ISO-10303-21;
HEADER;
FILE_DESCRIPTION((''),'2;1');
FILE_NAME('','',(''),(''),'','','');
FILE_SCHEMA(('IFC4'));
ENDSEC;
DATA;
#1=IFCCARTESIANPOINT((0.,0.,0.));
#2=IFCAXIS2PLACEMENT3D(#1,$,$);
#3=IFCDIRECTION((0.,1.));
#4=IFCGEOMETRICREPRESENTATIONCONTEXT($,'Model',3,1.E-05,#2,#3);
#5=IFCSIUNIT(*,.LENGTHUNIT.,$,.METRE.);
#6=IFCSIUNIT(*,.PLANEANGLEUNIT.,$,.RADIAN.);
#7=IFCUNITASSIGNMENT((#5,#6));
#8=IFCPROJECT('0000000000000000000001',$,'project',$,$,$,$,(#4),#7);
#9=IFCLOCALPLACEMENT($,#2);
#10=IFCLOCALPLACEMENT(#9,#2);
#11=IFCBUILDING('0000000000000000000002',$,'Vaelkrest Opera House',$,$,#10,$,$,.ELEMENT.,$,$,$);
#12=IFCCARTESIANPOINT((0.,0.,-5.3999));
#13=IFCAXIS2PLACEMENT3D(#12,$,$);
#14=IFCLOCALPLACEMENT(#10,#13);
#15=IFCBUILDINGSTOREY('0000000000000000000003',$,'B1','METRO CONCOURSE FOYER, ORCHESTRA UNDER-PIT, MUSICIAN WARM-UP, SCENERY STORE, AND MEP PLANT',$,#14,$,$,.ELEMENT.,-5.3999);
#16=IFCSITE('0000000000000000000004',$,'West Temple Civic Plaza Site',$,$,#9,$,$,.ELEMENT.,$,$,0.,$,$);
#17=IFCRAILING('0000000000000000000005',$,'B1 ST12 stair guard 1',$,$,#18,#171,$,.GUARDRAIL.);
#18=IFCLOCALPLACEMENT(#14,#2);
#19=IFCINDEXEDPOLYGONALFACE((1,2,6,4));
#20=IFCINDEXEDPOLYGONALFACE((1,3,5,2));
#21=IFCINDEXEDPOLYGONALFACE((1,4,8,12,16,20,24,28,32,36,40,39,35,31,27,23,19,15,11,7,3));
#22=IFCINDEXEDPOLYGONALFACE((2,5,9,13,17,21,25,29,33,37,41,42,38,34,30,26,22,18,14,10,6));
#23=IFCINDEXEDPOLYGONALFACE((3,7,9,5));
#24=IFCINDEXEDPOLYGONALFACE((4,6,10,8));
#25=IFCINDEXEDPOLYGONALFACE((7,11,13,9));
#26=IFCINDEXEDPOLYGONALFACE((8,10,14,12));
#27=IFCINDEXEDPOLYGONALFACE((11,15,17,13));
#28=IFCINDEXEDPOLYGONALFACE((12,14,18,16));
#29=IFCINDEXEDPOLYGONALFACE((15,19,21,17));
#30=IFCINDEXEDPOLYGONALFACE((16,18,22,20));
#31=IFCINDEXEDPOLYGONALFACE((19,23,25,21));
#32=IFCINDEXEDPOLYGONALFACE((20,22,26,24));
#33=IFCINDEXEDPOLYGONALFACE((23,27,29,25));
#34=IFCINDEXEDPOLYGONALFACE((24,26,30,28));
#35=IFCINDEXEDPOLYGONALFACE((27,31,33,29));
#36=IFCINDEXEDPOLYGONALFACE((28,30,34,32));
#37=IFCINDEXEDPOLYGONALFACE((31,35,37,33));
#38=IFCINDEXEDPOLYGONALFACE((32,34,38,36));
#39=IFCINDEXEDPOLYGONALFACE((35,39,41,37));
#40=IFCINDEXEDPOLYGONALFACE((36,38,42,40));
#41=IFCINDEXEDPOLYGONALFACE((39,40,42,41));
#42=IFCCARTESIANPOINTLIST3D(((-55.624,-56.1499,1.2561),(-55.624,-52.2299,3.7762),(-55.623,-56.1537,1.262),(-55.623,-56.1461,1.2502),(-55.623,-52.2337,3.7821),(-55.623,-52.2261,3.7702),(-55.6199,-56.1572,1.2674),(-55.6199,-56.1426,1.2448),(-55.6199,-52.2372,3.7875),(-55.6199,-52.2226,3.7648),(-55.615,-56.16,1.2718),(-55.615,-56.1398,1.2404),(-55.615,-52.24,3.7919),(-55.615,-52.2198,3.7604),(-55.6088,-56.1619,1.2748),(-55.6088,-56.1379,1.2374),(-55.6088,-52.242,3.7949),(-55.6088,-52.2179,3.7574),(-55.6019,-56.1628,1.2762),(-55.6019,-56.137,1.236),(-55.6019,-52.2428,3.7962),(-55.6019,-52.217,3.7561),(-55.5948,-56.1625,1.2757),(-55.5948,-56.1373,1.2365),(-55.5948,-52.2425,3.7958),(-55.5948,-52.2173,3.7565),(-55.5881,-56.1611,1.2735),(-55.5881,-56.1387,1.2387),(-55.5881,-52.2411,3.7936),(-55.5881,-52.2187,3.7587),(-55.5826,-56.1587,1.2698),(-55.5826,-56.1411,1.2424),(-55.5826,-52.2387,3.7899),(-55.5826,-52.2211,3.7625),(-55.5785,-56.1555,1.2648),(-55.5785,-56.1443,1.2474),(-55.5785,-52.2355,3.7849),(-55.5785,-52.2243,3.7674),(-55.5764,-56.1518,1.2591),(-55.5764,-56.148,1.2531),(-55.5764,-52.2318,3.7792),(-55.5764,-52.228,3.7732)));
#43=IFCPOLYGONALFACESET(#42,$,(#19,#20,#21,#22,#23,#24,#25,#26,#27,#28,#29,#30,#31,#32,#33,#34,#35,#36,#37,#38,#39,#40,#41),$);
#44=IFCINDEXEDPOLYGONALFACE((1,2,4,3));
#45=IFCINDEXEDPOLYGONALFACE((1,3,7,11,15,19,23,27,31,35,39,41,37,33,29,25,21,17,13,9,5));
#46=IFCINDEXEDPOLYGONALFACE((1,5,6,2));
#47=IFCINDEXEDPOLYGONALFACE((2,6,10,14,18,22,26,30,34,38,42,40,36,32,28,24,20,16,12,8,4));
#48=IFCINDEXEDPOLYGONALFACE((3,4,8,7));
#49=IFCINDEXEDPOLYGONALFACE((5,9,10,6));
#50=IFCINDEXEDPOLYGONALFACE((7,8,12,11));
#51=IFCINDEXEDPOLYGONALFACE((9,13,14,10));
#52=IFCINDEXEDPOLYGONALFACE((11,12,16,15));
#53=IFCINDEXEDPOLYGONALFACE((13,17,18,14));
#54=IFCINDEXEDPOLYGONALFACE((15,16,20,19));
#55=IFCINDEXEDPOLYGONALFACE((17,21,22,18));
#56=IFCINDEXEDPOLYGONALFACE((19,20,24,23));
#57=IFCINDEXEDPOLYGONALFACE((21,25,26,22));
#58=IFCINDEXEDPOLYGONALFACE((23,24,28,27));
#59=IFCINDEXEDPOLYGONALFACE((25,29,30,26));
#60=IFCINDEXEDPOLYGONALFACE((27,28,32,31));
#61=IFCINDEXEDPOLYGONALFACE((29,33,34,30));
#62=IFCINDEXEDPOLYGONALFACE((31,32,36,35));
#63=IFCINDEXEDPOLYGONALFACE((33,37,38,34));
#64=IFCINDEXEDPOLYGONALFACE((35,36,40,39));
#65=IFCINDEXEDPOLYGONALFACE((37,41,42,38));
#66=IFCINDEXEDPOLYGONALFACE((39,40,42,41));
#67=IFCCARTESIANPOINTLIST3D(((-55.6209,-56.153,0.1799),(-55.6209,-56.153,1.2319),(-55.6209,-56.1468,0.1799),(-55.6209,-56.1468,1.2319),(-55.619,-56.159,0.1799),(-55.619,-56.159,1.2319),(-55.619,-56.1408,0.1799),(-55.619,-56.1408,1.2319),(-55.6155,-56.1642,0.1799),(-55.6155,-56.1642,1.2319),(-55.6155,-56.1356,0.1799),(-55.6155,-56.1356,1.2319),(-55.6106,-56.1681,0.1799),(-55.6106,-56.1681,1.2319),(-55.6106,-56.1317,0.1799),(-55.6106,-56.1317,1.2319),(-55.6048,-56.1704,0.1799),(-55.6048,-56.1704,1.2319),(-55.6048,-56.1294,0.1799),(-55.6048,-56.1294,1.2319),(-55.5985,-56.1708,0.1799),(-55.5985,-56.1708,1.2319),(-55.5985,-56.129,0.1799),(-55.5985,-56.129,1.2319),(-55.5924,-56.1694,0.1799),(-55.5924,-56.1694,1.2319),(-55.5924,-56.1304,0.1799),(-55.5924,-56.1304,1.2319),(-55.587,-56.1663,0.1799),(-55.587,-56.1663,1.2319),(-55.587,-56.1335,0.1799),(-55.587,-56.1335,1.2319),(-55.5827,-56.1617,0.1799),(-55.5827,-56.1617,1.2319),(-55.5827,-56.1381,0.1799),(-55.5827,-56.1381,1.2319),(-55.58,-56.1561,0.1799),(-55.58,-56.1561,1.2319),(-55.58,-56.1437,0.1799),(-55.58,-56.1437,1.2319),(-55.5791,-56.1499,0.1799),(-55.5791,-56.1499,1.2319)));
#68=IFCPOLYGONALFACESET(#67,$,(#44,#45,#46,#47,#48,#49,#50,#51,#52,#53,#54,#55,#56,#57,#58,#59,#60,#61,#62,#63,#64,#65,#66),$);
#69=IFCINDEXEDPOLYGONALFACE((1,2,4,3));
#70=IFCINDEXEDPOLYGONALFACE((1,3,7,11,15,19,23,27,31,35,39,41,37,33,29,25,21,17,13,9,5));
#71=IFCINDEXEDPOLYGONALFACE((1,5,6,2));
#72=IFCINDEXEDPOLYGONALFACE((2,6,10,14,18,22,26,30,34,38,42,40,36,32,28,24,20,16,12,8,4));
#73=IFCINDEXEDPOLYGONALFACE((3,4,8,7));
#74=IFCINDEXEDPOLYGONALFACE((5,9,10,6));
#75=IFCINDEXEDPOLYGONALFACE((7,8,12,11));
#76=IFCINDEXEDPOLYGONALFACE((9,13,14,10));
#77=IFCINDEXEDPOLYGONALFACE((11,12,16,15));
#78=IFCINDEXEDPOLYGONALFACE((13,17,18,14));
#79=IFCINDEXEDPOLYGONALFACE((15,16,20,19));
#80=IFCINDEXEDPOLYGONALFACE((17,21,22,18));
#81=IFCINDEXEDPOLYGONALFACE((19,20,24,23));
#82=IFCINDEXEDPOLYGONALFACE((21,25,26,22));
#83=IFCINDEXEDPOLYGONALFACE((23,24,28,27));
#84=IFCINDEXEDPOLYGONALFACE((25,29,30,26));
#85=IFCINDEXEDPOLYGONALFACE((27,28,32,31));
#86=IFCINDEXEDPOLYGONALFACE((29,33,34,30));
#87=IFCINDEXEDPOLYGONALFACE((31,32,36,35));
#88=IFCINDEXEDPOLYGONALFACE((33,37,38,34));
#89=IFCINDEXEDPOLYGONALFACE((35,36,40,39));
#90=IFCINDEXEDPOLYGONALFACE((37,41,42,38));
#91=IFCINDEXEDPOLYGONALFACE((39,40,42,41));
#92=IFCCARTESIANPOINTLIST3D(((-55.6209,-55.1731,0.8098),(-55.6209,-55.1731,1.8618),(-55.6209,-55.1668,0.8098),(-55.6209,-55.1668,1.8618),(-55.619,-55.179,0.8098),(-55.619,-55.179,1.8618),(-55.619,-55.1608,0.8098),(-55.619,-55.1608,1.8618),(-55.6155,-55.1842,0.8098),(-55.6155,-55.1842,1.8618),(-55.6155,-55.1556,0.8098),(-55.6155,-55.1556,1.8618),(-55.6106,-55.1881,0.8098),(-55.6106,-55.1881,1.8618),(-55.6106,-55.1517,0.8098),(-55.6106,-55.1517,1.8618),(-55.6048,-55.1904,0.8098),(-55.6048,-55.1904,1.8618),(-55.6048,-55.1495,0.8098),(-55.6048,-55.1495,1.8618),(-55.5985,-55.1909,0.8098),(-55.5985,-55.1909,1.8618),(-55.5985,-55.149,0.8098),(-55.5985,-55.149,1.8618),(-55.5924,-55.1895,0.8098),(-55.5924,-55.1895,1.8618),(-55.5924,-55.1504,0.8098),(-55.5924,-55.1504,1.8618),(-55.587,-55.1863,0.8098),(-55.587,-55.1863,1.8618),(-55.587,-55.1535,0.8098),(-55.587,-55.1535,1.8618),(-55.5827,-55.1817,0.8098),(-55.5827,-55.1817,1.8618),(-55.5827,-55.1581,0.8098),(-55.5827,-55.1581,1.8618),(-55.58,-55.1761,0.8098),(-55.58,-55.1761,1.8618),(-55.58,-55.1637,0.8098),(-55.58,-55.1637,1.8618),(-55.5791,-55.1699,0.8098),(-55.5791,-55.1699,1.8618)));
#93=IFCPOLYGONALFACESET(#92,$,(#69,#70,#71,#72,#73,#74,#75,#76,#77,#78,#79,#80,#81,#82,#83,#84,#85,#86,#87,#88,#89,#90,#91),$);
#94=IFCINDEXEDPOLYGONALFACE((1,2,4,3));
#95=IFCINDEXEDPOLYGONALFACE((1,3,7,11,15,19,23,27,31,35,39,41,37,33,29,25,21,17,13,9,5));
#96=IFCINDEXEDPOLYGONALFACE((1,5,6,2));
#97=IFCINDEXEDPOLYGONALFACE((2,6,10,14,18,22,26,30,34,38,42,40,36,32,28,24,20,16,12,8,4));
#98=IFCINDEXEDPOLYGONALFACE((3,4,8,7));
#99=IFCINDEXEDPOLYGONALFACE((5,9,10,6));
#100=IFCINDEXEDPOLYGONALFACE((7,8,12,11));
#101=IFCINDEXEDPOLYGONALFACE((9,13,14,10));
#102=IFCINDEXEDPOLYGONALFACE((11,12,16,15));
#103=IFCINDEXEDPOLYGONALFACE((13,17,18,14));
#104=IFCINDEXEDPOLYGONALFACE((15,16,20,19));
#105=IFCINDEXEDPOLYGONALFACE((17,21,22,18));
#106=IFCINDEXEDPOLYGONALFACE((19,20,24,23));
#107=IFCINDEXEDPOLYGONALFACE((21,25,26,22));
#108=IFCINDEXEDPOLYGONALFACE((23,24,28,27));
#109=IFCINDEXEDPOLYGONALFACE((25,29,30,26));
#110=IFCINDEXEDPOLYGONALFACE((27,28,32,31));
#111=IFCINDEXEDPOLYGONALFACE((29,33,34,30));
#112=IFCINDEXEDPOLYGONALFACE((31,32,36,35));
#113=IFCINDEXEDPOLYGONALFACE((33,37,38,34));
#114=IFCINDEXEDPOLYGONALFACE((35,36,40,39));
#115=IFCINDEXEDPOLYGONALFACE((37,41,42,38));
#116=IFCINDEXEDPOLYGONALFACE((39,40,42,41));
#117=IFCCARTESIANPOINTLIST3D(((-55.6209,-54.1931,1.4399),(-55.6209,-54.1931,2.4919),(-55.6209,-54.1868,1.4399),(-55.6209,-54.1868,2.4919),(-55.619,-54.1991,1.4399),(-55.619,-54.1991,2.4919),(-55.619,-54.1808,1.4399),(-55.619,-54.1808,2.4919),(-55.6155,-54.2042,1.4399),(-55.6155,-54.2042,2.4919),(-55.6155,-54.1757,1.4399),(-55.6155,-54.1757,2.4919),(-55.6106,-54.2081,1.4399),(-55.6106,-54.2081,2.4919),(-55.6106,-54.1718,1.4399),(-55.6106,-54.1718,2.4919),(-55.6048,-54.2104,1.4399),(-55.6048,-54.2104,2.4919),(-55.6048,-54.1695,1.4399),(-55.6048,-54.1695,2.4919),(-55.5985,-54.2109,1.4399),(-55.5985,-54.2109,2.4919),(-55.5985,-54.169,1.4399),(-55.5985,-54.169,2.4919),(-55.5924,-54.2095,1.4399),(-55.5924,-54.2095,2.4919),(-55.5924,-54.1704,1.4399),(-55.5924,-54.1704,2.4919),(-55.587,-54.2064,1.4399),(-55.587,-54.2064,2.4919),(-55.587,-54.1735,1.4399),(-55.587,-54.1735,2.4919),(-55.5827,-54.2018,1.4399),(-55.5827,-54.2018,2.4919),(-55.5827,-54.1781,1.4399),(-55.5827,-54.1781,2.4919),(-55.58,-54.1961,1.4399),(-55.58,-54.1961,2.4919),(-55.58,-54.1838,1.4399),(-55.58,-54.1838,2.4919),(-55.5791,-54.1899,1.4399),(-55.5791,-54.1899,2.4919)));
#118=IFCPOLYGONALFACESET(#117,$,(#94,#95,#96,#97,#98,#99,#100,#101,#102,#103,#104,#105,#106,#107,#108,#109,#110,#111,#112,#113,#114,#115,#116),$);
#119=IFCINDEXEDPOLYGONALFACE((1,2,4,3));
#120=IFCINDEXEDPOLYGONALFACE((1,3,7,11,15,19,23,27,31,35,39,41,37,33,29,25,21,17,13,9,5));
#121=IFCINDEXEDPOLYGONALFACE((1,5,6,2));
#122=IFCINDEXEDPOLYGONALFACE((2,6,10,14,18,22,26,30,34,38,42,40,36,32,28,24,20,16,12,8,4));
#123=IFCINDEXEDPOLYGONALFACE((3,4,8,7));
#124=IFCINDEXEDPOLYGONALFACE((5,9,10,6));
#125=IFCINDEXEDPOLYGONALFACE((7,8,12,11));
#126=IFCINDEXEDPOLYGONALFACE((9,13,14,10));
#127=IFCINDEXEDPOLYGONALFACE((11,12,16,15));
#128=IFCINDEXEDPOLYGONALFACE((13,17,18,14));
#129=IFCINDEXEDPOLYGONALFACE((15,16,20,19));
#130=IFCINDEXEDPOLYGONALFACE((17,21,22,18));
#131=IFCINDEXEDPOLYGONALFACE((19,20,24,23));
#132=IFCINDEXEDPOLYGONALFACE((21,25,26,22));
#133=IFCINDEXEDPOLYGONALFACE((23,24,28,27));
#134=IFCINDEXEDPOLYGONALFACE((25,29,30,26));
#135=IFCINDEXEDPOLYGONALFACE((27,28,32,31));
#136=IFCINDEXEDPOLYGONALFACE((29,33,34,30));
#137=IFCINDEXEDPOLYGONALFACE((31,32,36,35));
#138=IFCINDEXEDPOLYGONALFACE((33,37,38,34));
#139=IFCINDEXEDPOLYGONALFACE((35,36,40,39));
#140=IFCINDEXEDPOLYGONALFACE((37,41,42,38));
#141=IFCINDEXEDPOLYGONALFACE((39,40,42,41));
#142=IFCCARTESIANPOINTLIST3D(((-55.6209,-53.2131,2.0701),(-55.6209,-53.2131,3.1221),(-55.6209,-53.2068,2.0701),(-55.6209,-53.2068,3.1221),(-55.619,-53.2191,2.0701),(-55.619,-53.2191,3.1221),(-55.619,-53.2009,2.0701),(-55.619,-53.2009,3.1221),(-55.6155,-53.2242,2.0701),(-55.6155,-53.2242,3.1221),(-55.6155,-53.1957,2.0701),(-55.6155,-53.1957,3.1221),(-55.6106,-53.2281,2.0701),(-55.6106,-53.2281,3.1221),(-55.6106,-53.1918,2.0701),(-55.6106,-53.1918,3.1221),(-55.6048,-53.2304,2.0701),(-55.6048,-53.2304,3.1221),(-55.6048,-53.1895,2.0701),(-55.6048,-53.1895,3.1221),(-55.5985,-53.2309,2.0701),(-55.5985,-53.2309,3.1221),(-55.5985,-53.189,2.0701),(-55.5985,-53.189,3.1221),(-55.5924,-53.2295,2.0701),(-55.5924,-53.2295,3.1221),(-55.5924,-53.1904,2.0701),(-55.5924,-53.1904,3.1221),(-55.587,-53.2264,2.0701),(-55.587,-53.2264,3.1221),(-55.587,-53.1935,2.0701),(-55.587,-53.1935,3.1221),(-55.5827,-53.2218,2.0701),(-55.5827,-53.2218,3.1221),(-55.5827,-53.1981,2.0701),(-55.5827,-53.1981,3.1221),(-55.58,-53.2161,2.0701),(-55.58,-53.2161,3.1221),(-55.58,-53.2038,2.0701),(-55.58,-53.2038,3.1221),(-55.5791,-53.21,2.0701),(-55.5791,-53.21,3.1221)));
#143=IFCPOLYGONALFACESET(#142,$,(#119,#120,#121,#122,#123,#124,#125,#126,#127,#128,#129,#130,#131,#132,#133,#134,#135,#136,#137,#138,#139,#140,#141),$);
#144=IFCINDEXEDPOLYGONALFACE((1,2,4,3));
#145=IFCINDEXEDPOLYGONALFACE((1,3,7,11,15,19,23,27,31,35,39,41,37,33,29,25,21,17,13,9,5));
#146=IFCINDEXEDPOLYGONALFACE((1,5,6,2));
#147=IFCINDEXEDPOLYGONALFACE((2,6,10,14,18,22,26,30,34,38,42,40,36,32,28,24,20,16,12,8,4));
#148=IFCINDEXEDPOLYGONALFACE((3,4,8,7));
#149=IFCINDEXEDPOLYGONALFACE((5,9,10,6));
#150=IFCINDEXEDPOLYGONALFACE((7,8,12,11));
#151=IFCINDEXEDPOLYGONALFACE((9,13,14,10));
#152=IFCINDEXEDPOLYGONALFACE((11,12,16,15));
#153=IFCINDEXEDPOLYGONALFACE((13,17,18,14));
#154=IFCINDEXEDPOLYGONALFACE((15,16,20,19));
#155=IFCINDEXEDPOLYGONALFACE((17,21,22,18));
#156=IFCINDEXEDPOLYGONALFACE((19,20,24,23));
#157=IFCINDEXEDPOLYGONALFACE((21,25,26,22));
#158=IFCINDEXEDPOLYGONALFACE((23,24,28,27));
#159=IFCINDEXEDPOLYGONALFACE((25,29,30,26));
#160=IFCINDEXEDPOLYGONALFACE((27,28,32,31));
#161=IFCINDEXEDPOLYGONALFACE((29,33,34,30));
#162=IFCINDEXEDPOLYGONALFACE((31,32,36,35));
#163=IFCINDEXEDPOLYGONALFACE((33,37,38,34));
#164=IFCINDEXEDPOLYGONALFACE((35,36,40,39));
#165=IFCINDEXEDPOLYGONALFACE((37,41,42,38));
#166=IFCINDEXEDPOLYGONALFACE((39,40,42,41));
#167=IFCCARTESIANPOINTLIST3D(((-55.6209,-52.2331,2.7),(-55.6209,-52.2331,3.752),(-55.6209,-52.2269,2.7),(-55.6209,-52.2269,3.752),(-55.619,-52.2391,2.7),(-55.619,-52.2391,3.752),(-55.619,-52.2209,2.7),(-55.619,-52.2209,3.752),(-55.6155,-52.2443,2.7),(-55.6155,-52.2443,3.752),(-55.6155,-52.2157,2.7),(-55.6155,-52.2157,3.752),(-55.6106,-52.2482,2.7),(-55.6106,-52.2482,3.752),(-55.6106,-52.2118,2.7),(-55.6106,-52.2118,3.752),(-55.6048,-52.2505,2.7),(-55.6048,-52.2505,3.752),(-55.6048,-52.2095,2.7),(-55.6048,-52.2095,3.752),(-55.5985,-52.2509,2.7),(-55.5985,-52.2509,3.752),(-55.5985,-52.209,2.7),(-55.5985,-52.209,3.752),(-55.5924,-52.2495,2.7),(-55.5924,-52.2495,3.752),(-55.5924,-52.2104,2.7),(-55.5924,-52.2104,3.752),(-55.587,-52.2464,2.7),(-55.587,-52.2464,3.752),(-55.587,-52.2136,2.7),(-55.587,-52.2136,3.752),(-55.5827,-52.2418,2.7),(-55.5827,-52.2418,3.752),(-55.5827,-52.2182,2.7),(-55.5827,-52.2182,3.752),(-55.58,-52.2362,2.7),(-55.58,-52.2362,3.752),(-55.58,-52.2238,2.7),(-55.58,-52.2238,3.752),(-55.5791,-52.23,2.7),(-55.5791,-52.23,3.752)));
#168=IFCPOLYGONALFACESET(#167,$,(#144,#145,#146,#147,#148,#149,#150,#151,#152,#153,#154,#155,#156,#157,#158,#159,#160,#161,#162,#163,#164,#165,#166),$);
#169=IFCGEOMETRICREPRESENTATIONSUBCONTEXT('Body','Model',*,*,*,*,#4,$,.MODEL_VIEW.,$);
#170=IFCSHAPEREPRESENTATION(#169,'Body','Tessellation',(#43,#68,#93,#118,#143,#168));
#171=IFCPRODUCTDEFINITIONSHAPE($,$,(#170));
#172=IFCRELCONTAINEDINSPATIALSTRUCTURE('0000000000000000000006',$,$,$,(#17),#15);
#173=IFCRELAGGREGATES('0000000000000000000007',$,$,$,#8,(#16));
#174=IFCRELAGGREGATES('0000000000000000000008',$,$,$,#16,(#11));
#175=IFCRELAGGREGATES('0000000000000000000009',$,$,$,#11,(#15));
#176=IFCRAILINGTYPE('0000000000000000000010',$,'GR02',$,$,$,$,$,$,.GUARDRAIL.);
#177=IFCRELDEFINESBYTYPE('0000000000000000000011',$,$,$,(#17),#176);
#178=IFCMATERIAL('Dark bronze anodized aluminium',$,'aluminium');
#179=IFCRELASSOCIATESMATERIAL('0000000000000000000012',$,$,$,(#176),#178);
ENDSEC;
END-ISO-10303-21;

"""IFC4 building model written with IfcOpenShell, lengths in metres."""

from ifc_helpers import new_model, si_unit, direction, frame, origin, origin_2d, place, context, subcontext, project, spatial, circle, extrude, material, type_object, element, save


model = new_model("IFC4")

# Units and contexts
model_context = context("Model", 3, precision=1e-05, world=origin(), true_north=direction((0.0, 1.0)))
body_context = subcontext(model_context, "Body", "Model", "MODEL_VIEW")
ifc_project = project(units=[si_unit("LENGTHUNIT", "METRE"), si_unit("PLANEANGLEUNIT", "RADIAN")], contexts=[model_context])

# Site, building, storey
site_placement = place(None, origin())
site = spatial("IfcSite", under=ifc_project, at=site_placement, Name="West Temple Civic Plaza Site", CompositionType="ELEMENT", RefElevation=0.0)
building_placement = place(site_placement, origin())
building = spatial("IfcBuilding", under=site, at=building_placement, Name="Vaelkrest Opera House", CompositionType="ELEMENT")
storey_placement = place(building_placement, frame((0.0, 0.0, -5.3999)))
storey = spatial("IfcBuildingStorey", under=building, at=storey_placement, Name="B1", Description="METRO CONCOURSE FOYER, ORCHESTRA UNDER-PIT, MUSICIAN WARM-UP, SCENERY STORE, AND MEP PLANT", CompositionType="ELEMENT", Elevation=-5.3999)

# Railing
ifc_material_1 = material(Name="Dark bronze anodized aluminium", Category="aluminium")
railing_type_1 = type_object("IfcRailingType", Name="GR02", PredefinedType="GUARDRAIL", material=ifc_material_1)
railing_1_placement = place(storey_placement, frame((-55.6001, -56.1499, 0.1799)))
element("IfcRailing", 1, at=railing_1_placement, inside=storey, type_object=railing_type_1, Name="B1 ST12 stair guard 1", PredefinedType="GUARDRAIL", context=body_context, shape_type="SweptSolid", body=[
    extrude(circle(Radius=0.0239, at=origin_2d()), frame((0.0, 0.0, 1.0762), z_axis=(0.0, 0.841172, 0.540768), x_axis=(-1.0, 0.0, 0.0)), (0.0, 0.0, 1.0), 4.6602),
    extrude(circle(Radius=0.021, at=origin_2d()), origin(), (0.0, 0.0, 1.0), 1.052),
    extrude(circle(Radius=0.021, at=origin_2d()), frame((0.0, 0.98, 0.6299)), (0.0, 0.0, 1.0), 1.052),
    extrude(circle(Radius=0.021, at=origin_2d()), frame((0.0, 1.96, 1.26)), (0.0, 0.0, 1.0), 1.052),
    extrude(circle(Radius=0.021, at=origin_2d()), frame((0.0, 2.9399, 1.8901)), (0.0, 0.0, 1.0), 1.052),
    extrude(circle(Radius=0.021, at=origin_2d()), frame((0.0, 3.9199, 2.52)), (0.0, 0.0, 1.0), 1.052),
])

save(model, "model.ifc")
